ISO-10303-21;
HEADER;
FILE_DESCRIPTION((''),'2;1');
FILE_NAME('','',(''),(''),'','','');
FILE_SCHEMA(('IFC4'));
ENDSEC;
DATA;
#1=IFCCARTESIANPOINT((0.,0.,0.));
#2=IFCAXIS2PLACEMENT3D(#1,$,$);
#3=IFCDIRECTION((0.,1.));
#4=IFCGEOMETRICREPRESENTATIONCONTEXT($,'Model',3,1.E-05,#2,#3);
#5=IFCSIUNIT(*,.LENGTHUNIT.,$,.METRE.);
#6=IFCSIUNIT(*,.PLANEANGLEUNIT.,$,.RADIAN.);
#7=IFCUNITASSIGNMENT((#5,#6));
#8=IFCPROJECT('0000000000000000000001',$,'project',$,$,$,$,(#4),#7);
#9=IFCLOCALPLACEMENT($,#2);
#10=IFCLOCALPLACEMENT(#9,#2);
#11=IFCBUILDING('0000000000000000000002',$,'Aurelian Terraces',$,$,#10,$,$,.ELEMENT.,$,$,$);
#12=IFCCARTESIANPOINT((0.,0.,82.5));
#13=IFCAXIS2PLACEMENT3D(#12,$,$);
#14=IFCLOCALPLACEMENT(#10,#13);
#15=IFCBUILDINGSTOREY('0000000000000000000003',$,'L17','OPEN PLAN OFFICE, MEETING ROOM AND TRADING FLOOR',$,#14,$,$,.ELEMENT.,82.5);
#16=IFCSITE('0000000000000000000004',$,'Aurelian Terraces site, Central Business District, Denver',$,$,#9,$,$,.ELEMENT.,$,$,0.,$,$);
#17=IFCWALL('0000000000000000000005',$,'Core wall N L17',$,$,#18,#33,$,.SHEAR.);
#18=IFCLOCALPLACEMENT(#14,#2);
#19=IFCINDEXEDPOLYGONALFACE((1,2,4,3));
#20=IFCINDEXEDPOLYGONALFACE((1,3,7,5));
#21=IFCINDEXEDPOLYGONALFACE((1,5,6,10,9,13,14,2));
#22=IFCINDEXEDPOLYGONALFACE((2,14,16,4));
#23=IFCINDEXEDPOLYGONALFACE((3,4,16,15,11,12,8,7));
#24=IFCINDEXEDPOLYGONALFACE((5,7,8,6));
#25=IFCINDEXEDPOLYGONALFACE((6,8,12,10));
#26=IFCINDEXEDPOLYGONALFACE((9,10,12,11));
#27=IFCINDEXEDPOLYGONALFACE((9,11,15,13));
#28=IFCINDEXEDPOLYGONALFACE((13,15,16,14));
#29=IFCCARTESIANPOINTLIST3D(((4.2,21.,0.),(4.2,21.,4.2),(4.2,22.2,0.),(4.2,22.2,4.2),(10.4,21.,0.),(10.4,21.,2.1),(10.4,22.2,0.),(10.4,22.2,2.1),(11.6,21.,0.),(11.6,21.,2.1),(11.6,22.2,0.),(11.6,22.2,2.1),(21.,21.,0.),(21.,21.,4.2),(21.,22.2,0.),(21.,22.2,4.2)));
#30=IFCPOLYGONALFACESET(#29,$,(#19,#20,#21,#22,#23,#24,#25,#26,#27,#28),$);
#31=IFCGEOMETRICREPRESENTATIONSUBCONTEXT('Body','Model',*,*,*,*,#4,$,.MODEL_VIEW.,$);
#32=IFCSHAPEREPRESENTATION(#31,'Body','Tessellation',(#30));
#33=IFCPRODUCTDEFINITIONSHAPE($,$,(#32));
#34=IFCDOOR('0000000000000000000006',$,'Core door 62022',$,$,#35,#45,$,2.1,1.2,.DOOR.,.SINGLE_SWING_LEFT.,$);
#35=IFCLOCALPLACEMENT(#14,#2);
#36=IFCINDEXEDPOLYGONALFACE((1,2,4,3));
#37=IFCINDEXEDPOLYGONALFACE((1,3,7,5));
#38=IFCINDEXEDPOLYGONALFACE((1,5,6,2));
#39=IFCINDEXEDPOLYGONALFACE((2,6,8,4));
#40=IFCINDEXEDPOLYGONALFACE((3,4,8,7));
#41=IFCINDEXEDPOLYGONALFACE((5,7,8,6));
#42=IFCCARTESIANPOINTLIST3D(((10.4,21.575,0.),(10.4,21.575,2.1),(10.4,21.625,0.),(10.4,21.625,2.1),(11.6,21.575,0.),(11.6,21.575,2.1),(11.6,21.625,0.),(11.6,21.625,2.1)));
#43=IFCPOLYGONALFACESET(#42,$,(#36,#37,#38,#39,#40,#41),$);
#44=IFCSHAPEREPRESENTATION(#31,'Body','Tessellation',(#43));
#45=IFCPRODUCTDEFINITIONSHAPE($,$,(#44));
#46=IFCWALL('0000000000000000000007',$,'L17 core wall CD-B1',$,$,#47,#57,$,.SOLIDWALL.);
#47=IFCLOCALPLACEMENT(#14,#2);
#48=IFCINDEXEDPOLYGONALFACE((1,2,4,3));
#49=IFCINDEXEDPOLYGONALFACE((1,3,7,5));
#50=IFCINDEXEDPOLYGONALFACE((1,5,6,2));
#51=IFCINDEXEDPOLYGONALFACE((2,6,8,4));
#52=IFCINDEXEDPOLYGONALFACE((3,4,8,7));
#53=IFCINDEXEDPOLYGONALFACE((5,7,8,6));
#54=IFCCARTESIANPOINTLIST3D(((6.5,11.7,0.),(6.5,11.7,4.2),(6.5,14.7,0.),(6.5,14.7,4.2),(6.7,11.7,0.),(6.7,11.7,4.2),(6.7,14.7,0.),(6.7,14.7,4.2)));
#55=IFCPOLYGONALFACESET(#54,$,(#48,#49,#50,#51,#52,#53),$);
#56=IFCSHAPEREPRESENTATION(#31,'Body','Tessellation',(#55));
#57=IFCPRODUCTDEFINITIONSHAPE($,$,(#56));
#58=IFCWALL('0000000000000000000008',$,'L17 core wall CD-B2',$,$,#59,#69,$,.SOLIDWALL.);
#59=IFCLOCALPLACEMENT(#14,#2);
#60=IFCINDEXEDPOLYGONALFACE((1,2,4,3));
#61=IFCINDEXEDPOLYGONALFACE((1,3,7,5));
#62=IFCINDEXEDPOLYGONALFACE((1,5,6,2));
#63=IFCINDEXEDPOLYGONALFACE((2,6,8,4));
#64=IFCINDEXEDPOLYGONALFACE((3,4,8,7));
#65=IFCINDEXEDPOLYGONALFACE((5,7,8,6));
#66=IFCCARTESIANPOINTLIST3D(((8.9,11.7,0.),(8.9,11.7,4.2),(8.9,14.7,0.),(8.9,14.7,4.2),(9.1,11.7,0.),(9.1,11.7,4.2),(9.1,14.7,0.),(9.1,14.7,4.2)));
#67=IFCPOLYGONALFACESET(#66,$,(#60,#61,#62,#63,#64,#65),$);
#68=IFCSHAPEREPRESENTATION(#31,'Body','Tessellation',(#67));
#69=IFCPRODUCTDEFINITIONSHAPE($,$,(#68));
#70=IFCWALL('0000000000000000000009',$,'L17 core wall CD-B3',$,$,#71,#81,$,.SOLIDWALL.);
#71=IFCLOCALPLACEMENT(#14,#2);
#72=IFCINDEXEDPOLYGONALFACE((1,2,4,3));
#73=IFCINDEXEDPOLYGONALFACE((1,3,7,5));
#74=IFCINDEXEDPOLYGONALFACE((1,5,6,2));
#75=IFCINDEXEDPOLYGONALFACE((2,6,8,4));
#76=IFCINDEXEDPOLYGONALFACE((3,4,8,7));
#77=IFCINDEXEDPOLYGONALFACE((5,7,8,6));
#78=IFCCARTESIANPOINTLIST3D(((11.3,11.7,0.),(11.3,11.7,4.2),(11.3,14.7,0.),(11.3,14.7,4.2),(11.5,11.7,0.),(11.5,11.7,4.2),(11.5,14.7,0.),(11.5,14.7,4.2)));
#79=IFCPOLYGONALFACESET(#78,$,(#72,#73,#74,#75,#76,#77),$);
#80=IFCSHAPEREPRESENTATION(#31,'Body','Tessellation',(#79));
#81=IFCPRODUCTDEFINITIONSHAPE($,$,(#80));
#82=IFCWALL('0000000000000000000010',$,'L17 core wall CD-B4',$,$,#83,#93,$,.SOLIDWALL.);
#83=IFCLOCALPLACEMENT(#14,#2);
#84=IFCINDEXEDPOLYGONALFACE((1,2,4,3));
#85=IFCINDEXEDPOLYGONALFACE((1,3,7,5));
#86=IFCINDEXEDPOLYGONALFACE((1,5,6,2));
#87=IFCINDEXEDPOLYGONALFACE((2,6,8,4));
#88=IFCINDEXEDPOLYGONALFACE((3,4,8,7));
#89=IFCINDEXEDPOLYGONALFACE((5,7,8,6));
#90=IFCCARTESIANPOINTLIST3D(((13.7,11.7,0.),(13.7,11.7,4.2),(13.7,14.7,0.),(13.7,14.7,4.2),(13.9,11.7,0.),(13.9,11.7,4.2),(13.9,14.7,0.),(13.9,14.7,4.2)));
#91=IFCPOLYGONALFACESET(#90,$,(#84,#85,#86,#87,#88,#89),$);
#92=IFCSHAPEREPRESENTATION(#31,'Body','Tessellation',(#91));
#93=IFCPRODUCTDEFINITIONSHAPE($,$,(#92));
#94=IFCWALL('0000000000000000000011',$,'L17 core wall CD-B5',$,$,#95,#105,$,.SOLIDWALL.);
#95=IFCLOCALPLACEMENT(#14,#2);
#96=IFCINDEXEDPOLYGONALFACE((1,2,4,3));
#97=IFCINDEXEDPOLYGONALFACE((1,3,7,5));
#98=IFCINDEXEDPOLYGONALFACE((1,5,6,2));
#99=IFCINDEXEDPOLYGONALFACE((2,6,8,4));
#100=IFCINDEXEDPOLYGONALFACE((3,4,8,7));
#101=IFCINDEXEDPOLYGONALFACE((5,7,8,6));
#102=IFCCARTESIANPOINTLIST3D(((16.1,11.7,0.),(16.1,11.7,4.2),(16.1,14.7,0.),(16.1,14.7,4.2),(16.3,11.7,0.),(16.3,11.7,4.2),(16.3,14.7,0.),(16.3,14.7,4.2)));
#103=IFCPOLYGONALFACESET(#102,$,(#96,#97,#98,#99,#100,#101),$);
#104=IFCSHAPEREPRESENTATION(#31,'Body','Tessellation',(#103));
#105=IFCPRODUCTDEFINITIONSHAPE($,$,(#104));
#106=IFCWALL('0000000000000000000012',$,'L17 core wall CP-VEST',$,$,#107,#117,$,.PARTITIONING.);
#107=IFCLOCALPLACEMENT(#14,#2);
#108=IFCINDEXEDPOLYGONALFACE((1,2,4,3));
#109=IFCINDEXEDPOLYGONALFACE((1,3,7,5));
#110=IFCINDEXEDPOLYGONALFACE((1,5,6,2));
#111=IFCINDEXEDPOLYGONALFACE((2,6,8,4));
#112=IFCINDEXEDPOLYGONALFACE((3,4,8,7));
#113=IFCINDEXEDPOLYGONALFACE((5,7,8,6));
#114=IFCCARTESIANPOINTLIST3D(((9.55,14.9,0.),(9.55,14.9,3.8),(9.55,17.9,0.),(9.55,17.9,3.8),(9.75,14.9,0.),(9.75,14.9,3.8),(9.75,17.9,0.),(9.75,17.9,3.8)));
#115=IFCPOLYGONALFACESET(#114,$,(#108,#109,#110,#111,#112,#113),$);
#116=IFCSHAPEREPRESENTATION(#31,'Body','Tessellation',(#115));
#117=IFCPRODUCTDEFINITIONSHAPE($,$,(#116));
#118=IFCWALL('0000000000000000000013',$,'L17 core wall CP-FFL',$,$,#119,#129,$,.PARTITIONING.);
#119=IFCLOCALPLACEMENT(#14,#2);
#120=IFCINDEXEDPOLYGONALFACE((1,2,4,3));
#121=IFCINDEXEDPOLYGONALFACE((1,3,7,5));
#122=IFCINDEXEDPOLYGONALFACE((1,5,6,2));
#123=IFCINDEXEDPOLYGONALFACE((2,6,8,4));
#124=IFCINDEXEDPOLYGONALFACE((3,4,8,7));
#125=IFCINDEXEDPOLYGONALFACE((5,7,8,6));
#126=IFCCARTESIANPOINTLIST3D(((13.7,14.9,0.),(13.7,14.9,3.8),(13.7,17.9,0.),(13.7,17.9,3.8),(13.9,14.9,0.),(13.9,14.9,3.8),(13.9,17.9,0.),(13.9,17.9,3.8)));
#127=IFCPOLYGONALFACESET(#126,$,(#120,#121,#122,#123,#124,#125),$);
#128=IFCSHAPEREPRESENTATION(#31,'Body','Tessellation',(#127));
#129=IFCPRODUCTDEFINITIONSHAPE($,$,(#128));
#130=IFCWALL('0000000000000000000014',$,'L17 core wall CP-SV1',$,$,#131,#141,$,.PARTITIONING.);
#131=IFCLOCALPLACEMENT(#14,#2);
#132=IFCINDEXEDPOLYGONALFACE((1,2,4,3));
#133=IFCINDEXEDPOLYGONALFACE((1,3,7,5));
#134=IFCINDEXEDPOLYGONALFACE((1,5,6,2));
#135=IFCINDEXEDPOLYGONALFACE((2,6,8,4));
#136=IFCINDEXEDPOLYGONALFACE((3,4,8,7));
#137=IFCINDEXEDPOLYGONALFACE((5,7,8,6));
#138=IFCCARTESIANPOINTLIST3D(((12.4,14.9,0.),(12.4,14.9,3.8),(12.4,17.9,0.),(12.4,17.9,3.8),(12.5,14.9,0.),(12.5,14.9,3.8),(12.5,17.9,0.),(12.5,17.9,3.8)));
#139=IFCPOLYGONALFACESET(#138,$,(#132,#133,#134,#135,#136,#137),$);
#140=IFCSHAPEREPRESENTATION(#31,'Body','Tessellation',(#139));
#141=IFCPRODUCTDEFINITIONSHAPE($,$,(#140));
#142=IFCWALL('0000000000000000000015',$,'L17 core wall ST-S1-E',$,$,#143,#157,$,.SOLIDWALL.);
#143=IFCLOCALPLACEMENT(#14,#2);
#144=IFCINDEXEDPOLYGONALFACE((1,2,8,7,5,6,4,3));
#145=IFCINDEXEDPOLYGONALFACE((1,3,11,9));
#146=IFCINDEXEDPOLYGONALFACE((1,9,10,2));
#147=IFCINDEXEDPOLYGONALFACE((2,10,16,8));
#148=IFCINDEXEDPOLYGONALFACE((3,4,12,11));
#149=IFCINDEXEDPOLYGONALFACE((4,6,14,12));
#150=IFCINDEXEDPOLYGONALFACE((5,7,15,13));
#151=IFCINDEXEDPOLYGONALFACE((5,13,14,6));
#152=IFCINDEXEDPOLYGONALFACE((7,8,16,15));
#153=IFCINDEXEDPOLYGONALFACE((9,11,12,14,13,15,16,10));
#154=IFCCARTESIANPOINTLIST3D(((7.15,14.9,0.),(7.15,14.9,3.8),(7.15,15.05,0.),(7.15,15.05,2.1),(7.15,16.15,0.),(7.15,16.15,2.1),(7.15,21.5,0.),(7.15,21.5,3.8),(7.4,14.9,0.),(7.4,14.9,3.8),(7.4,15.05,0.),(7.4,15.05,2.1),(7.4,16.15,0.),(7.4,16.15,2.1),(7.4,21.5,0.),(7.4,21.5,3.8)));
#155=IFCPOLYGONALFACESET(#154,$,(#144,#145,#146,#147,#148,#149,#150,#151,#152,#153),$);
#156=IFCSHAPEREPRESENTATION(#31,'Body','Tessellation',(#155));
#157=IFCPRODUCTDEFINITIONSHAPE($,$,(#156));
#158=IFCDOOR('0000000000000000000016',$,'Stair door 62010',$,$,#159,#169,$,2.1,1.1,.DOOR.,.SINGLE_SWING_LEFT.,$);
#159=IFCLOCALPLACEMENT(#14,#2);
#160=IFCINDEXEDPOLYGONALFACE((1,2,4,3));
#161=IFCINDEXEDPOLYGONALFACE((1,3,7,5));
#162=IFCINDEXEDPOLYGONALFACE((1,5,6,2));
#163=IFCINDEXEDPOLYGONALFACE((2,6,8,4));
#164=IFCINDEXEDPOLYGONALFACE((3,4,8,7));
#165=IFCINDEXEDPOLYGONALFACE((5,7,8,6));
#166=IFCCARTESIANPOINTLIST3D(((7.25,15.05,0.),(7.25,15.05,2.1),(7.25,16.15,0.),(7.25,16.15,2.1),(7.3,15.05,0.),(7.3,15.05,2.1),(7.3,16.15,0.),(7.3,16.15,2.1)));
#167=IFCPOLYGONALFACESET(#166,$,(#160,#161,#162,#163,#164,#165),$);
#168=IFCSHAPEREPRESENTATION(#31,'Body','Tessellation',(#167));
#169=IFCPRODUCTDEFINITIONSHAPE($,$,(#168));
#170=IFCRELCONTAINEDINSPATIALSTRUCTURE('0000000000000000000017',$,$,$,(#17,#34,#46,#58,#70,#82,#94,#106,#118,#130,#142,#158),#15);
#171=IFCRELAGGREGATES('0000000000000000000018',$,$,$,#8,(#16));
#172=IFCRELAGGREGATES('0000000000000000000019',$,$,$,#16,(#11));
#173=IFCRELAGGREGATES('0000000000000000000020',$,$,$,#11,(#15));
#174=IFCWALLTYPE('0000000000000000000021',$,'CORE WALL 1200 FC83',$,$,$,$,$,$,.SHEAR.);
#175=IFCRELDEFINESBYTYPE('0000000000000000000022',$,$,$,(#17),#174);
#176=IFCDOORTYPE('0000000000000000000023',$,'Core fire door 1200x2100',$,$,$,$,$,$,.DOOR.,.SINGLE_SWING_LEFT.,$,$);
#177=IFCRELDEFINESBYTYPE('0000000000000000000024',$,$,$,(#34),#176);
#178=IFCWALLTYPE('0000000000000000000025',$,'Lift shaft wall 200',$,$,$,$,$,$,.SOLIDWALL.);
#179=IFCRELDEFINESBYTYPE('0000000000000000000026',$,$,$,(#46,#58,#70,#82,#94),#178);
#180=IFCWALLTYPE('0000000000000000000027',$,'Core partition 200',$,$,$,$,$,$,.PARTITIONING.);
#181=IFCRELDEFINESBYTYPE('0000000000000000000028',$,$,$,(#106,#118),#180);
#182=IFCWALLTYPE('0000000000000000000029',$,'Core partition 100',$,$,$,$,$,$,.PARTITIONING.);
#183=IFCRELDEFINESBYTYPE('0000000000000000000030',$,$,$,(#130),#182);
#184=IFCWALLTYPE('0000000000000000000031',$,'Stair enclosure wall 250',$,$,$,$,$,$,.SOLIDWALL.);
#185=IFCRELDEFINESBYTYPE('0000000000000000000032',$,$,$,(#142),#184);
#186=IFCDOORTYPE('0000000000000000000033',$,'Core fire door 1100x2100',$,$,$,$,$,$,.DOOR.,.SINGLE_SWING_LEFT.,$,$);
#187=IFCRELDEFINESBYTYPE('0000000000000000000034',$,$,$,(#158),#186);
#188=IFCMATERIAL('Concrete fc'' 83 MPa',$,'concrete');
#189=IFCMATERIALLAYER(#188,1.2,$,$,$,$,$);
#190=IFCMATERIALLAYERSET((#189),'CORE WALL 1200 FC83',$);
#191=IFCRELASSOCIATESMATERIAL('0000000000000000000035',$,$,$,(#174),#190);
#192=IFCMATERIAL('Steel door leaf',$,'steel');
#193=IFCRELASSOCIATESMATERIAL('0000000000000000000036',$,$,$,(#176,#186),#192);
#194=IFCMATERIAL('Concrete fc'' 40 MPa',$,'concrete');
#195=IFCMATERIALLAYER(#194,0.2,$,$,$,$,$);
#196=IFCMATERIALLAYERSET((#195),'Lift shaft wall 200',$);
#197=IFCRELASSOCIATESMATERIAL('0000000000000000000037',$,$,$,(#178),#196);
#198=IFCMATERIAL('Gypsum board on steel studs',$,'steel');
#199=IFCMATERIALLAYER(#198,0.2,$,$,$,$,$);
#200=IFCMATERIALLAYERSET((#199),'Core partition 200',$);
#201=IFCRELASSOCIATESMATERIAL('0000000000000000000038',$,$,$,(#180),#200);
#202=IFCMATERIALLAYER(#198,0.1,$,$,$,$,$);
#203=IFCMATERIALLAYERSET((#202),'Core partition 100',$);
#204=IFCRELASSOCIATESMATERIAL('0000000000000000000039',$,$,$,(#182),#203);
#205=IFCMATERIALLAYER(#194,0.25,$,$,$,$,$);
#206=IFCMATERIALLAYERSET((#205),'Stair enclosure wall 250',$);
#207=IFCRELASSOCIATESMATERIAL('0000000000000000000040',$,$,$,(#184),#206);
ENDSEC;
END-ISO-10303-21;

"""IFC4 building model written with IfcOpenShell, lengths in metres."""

from ifc_helpers import new_model, si_unit, direction, frame, frame_2d, origin, place, context, subcontext, project, spatial, rectangle, extrude, source, transform, mapped, material, layer, layer_set, type_object, element, fill, save


model = new_model("IFC4")

# Units and contexts
model_context = context("Model", 3, precision=1e-05, world=origin(), true_north=direction((0.0, 1.0)))
body_context = subcontext(model_context, "Body", "Model", "MODEL_VIEW")
ifc_project = project(units=[si_unit("LENGTHUNIT", "METRE"), si_unit("PLANEANGLEUNIT", "RADIAN")], contexts=[model_context])

# Site, building, storey
site_placement = place(None, origin())
site = spatial("IfcSite", under=ifc_project, at=site_placement, Name="Aurelian Terraces site, Central Business District, Denver", CompositionType="ELEMENT", RefElevation=0.0)
building_placement = place(site_placement, origin())
building = spatial("IfcBuilding", under=site, at=building_placement, Name="Aurelian Terraces", CompositionType="ELEMENT")
storey_placement = place(building_placement, frame((0.0, 0.0, 82.5)))
storey = spatial("IfcBuildingStorey", under=building, at=storey_placement, Name="L17", Description="OPEN PLAN OFFICE, MEETING ROOM AND TRADING FLOOR", CompositionType="ELEMENT", Elevation=82.5)

# Wall, opening, door
ifc_material_1 = material(Name="Concrete fc' 83 MPa", Category="concrete")
ifc_layer_1 = layer(ifc_material_1, 1.2)
ifc_layer_set_1 = layer_set([ifc_layer_1], Name="CORE WALL 1200 FC83")
wall_type_1 = type_object("IfcWallType", Name="CORE WALL 1200 FC83", PredefinedType="SHEAR", material=ifc_layer_set_1)
shared_shape_1 = source(origin(), body_context, "Body", "SweptSolid", [
    extrude(rectangle(XDim=16.8, YDim=1.2, at=frame_2d((8.4, 0.0))), origin(), (0.0, 0.0, 1.0), 4.2),
])
wall_1_placement = place(storey_placement, frame((4.2, 21.6, 0.0), z_axis=(0.0, 0.0, 1.0), x_axis=(1.0, 0.0, 0.0)))
wall_1 = element("IfcWall", 1, at=wall_1_placement, inside=storey, type_object=wall_type_1, Name="Core wall N L17", PredefinedType="SHEAR", context=body_context, shape_type="MappedRepresentation", body=[
    mapped(shared_shape_1, transform((0.0, 0.0, 0.0), scale=1.0)),
])
shared_shape_2 = source(origin(), body_context, "Body", "SweptSolid", [
    extrude(rectangle(XDim=1.2, YDim=2.1, at=frame_2d((0.6, 1.05))), frame((0.0, 0.61, 0.0), z_axis=(0.0, -1.0, 0.0), x_axis=(1.0, 0.0, 0.0)), (0.0, 0.0, 1.0), 1.22),
])
opening_1_placement = place(wall_1_placement, frame((6.2, 0.0, 0.0)))
opening_1 = element("IfcOpeningElement", 2, at=opening_1_placement, cuts=wall_1, PredefinedType="OPENING", context=body_context, shape_type="MappedRepresentation", body=[
    mapped(shared_shape_2, transform((0.0, 0.0, 0.0), scale=1.0)),
])
ifc_material_2 = material(Name="Steel door leaf", Category="steel")
door_type_1 = type_object("IfcDoorType", Name="Core fire door 1200x2100", OperationType="SINGLE_SWING_LEFT", PredefinedType="DOOR", material=ifc_material_2)
shared_shape_3 = source(origin(), body_context, "Body", "SweptSolid", [
    extrude(rectangle(XDim=1.2, YDim=2.1, at=frame_2d((0.6, 1.05))), frame((0.0, 0.025, 0.0), z_axis=(0.0, -1.0, 0.0), x_axis=(1.0, 0.0, 0.0)), (0.0, 0.0, 1.0), 0.05),
])
door_1_placement = place(opening_1_placement, origin())
door_1 = element("IfcDoor", 3, at=door_1_placement, inside=storey, type_object=door_type_1, Name="Core door 62022", OperationType="SINGLE_SWING_LEFT", OverallHeight=2.1, OverallWidth=1.2, PredefinedType="DOOR", context=body_context, shape_type="MappedRepresentation", body=[
    mapped(shared_shape_3, transform((0.0, 0.0, 0.0), scale=1.0)),
])
fill(opening_1, door_1)

# Walls
ifc_material_3 = material(Name="Concrete fc' 40 MPa", Category="concrete")
ifc_layer_2 = layer(ifc_material_3, 0.2)
ifc_layer_set_2 = layer_set([ifc_layer_2], Name="Lift shaft wall 200")
wall_type_2 = type_object("IfcWallType", Name="Lift shaft wall 200", PredefinedType="SOLIDWALL", material=ifc_layer_set_2)
shared_shape_4 = source(origin(), body_context, "Body", "SweptSolid", [
    extrude(rectangle(XDim=3.0, YDim=0.2, at=frame_2d((1.5, 0.0))), origin(), (0.0, 0.0, 1.0), 4.2),
])
for number, where, z_axis, x_axis, name in (
    (4, (6.6, 11.7, 0.0), (0.0, 0.0, 1.0), (0.0, 1.0, 0.0), "L17 core wall CD-B1"),
    (5, (9.0, 11.7, 0.0), (0.0, 0.0, 1.0), (0.0, 1.0, 0.0), "L17 core wall CD-B2"),
    (6, (11.4, 11.7, 0.0), (0.0, 0.0, 1.0), (0.0, 1.0, 0.0), "L17 core wall CD-B3"),
    (7, (13.8, 11.7, 0.0), (0.0, 0.0, 1.0), (0.0, 1.0, 0.0), "L17 core wall CD-B4"),
    (8, (16.2, 11.7, 0.0), (0.0, 0.0, 1.0), (0.0, 1.0, 0.0), "L17 core wall CD-B5"),
):
    element("IfcWall", number, at=place(storey_placement, frame(where, z_axis=z_axis, x_axis=x_axis)), inside=storey, type_object=wall_type_2, Name=name, PredefinedType="SOLIDWALL", context=body_context, shape_type="MappedRepresentation", body=[
        mapped(shared_shape_4, transform((0.0, 0.0, 0.0), scale=1.0)),
    ])
ifc_material_4 = material(Name="Gypsum board on steel studs", Category="steel")
ifc_layer_3 = layer(ifc_material_4, 0.2)
ifc_layer_set_3 = layer_set([ifc_layer_3], Name="Core partition 200")
wall_type_3 = type_object("IfcWallType", Name="Core partition 200", PredefinedType="PARTITIONING", material=ifc_layer_set_3)
shared_shape_5 = source(origin(), body_context, "Body", "SweptSolid", [
    extrude(rectangle(XDim=3.0, YDim=0.2, at=frame_2d((1.5, 0.0))), origin(), (0.0, 0.0, 1.0), 3.8),
])
for number, where, z_axis, x_axis, name in (
    (9, (9.65, 14.9, 0.0), (0.0, 0.0, 1.0), (0.0, 1.0, 0.0), "L17 core wall CP-VEST"),
    (10, (13.8, 14.9, 0.0), (0.0, 0.0, 1.0), (0.0, 1.0, 0.0), "L17 core wall CP-FFL"),
):
    element("IfcWall", number, at=place(storey_placement, frame(where, z_axis=z_axis, x_axis=x_axis)), inside=storey, type_object=wall_type_3, Name=name, PredefinedType="PARTITIONING", context=body_context, shape_type="MappedRepresentation", body=[
        mapped(shared_shape_5, transform((0.0, 0.0, 0.0), scale=1.0)),
    ])
ifc_layer_4 = layer(ifc_material_4, 0.1)
ifc_layer_set_4 = layer_set([ifc_layer_4], Name="Core partition 100")
wall_type_4 = type_object("IfcWallType", Name="Core partition 100", PredefinedType="PARTITIONING", material=ifc_layer_set_4)
shared_shape_6 = source(origin(), body_context, "Body", "SweptSolid", [
    extrude(rectangle(XDim=3.0, YDim=0.1, at=frame_2d((1.5, 0.0))), origin(), (0.0, 0.0, 1.0), 3.8),
])
wall_2_placement = place(storey_placement, frame((12.45, 14.9, 0.0), z_axis=(0.0, 0.0, 1.0), x_axis=(0.0, 1.0, 0.0)))
element("IfcWall", 11, at=wall_2_placement, inside=storey, type_object=wall_type_4, Name="L17 core wall CP-SV1", PredefinedType="PARTITIONING", context=body_context, shape_type="MappedRepresentation", body=[
    mapped(shared_shape_6, transform((0.0, 0.0, 0.0), scale=1.0)),
])

# Wall, opening, door
ifc_layer_5 = layer(ifc_material_3, 0.25)
ifc_layer_set_5 = layer_set([ifc_layer_5], Name="Stair enclosure wall 250")
wall_type_5 = type_object("IfcWallType", Name="Stair enclosure wall 250", PredefinedType="SOLIDWALL", material=ifc_layer_set_5)
shared_shape_7 = source(origin(), body_context, "Body", "SweptSolid", [
    extrude(rectangle(XDim=6.6, YDim=0.25, at=frame_2d((3.3, 0.0))), origin(), (0.0, 0.0, 1.0), 3.8),
])
wall_3_placement = place(storey_placement, frame((7.275, 14.9, 0.0), z_axis=(0.0, 0.0, 1.0), x_axis=(0.0, 1.0, 0.0)))
wall_3 = element("IfcWall", 12, at=wall_3_placement, inside=storey, type_object=wall_type_5, Name="L17 core wall ST-S1-E", PredefinedType="SOLIDWALL", context=body_context, shape_type="MappedRepresentation", body=[
    mapped(shared_shape_7, transform((0.0, 0.0, 0.0), scale=1.0)),
])
shared_shape_8 = source(origin(), body_context, "Body", "SweptSolid", [
    extrude(rectangle(XDim=1.1, YDim=2.1, at=frame_2d((0.55, 1.05))), frame((0.0, 0.135, 0.0), z_axis=(0.0, -1.0, 0.0), x_axis=(1.0, 0.0, 0.0)), (0.0, 0.0, 1.0), 0.27),
])
opening_2_placement = place(wall_3_placement, frame((0.15, 0.0, 0.0)))
opening_2 = element("IfcOpeningElement", 13, at=opening_2_placement, cuts=wall_3, PredefinedType="OPENING", context=body_context, shape_type="MappedRepresentation", body=[
    mapped(shared_shape_8, transform((0.0, 0.0, 0.0), scale=1.0)),
])
door_type_2 = type_object("IfcDoorType", Name="Core fire door 1100x2100", OperationType="SINGLE_SWING_LEFT", PredefinedType="DOOR", material=ifc_material_2)
shared_shape_9 = source(origin(), body_context, "Body", "SweptSolid", [
    extrude(rectangle(XDim=1.1, YDim=2.1, at=frame_2d((0.55, 1.05))), frame((0.0, 0.025, 0.0), z_axis=(0.0, -1.0, 0.0), x_axis=(1.0, 0.0, 0.0)), (0.0, 0.0, 1.0), 0.05),
])
door_2_placement = place(opening_2_placement, origin())
door_2 = element("IfcDoor", 14, at=door_2_placement, inside=storey, type_object=door_type_2, Name="Stair door 62010", OperationType="SINGLE_SWING_LEFT", OverallHeight=2.1, OverallWidth=1.1, PredefinedType="DOOR", context=body_context, shape_type="MappedRepresentation", body=[
    mapped(shared_shape_9, transform((0.0, 0.0, 0.0), scale=1.0)),
])
fill(opening_2, door_2)

save(model, "model.ifc")
